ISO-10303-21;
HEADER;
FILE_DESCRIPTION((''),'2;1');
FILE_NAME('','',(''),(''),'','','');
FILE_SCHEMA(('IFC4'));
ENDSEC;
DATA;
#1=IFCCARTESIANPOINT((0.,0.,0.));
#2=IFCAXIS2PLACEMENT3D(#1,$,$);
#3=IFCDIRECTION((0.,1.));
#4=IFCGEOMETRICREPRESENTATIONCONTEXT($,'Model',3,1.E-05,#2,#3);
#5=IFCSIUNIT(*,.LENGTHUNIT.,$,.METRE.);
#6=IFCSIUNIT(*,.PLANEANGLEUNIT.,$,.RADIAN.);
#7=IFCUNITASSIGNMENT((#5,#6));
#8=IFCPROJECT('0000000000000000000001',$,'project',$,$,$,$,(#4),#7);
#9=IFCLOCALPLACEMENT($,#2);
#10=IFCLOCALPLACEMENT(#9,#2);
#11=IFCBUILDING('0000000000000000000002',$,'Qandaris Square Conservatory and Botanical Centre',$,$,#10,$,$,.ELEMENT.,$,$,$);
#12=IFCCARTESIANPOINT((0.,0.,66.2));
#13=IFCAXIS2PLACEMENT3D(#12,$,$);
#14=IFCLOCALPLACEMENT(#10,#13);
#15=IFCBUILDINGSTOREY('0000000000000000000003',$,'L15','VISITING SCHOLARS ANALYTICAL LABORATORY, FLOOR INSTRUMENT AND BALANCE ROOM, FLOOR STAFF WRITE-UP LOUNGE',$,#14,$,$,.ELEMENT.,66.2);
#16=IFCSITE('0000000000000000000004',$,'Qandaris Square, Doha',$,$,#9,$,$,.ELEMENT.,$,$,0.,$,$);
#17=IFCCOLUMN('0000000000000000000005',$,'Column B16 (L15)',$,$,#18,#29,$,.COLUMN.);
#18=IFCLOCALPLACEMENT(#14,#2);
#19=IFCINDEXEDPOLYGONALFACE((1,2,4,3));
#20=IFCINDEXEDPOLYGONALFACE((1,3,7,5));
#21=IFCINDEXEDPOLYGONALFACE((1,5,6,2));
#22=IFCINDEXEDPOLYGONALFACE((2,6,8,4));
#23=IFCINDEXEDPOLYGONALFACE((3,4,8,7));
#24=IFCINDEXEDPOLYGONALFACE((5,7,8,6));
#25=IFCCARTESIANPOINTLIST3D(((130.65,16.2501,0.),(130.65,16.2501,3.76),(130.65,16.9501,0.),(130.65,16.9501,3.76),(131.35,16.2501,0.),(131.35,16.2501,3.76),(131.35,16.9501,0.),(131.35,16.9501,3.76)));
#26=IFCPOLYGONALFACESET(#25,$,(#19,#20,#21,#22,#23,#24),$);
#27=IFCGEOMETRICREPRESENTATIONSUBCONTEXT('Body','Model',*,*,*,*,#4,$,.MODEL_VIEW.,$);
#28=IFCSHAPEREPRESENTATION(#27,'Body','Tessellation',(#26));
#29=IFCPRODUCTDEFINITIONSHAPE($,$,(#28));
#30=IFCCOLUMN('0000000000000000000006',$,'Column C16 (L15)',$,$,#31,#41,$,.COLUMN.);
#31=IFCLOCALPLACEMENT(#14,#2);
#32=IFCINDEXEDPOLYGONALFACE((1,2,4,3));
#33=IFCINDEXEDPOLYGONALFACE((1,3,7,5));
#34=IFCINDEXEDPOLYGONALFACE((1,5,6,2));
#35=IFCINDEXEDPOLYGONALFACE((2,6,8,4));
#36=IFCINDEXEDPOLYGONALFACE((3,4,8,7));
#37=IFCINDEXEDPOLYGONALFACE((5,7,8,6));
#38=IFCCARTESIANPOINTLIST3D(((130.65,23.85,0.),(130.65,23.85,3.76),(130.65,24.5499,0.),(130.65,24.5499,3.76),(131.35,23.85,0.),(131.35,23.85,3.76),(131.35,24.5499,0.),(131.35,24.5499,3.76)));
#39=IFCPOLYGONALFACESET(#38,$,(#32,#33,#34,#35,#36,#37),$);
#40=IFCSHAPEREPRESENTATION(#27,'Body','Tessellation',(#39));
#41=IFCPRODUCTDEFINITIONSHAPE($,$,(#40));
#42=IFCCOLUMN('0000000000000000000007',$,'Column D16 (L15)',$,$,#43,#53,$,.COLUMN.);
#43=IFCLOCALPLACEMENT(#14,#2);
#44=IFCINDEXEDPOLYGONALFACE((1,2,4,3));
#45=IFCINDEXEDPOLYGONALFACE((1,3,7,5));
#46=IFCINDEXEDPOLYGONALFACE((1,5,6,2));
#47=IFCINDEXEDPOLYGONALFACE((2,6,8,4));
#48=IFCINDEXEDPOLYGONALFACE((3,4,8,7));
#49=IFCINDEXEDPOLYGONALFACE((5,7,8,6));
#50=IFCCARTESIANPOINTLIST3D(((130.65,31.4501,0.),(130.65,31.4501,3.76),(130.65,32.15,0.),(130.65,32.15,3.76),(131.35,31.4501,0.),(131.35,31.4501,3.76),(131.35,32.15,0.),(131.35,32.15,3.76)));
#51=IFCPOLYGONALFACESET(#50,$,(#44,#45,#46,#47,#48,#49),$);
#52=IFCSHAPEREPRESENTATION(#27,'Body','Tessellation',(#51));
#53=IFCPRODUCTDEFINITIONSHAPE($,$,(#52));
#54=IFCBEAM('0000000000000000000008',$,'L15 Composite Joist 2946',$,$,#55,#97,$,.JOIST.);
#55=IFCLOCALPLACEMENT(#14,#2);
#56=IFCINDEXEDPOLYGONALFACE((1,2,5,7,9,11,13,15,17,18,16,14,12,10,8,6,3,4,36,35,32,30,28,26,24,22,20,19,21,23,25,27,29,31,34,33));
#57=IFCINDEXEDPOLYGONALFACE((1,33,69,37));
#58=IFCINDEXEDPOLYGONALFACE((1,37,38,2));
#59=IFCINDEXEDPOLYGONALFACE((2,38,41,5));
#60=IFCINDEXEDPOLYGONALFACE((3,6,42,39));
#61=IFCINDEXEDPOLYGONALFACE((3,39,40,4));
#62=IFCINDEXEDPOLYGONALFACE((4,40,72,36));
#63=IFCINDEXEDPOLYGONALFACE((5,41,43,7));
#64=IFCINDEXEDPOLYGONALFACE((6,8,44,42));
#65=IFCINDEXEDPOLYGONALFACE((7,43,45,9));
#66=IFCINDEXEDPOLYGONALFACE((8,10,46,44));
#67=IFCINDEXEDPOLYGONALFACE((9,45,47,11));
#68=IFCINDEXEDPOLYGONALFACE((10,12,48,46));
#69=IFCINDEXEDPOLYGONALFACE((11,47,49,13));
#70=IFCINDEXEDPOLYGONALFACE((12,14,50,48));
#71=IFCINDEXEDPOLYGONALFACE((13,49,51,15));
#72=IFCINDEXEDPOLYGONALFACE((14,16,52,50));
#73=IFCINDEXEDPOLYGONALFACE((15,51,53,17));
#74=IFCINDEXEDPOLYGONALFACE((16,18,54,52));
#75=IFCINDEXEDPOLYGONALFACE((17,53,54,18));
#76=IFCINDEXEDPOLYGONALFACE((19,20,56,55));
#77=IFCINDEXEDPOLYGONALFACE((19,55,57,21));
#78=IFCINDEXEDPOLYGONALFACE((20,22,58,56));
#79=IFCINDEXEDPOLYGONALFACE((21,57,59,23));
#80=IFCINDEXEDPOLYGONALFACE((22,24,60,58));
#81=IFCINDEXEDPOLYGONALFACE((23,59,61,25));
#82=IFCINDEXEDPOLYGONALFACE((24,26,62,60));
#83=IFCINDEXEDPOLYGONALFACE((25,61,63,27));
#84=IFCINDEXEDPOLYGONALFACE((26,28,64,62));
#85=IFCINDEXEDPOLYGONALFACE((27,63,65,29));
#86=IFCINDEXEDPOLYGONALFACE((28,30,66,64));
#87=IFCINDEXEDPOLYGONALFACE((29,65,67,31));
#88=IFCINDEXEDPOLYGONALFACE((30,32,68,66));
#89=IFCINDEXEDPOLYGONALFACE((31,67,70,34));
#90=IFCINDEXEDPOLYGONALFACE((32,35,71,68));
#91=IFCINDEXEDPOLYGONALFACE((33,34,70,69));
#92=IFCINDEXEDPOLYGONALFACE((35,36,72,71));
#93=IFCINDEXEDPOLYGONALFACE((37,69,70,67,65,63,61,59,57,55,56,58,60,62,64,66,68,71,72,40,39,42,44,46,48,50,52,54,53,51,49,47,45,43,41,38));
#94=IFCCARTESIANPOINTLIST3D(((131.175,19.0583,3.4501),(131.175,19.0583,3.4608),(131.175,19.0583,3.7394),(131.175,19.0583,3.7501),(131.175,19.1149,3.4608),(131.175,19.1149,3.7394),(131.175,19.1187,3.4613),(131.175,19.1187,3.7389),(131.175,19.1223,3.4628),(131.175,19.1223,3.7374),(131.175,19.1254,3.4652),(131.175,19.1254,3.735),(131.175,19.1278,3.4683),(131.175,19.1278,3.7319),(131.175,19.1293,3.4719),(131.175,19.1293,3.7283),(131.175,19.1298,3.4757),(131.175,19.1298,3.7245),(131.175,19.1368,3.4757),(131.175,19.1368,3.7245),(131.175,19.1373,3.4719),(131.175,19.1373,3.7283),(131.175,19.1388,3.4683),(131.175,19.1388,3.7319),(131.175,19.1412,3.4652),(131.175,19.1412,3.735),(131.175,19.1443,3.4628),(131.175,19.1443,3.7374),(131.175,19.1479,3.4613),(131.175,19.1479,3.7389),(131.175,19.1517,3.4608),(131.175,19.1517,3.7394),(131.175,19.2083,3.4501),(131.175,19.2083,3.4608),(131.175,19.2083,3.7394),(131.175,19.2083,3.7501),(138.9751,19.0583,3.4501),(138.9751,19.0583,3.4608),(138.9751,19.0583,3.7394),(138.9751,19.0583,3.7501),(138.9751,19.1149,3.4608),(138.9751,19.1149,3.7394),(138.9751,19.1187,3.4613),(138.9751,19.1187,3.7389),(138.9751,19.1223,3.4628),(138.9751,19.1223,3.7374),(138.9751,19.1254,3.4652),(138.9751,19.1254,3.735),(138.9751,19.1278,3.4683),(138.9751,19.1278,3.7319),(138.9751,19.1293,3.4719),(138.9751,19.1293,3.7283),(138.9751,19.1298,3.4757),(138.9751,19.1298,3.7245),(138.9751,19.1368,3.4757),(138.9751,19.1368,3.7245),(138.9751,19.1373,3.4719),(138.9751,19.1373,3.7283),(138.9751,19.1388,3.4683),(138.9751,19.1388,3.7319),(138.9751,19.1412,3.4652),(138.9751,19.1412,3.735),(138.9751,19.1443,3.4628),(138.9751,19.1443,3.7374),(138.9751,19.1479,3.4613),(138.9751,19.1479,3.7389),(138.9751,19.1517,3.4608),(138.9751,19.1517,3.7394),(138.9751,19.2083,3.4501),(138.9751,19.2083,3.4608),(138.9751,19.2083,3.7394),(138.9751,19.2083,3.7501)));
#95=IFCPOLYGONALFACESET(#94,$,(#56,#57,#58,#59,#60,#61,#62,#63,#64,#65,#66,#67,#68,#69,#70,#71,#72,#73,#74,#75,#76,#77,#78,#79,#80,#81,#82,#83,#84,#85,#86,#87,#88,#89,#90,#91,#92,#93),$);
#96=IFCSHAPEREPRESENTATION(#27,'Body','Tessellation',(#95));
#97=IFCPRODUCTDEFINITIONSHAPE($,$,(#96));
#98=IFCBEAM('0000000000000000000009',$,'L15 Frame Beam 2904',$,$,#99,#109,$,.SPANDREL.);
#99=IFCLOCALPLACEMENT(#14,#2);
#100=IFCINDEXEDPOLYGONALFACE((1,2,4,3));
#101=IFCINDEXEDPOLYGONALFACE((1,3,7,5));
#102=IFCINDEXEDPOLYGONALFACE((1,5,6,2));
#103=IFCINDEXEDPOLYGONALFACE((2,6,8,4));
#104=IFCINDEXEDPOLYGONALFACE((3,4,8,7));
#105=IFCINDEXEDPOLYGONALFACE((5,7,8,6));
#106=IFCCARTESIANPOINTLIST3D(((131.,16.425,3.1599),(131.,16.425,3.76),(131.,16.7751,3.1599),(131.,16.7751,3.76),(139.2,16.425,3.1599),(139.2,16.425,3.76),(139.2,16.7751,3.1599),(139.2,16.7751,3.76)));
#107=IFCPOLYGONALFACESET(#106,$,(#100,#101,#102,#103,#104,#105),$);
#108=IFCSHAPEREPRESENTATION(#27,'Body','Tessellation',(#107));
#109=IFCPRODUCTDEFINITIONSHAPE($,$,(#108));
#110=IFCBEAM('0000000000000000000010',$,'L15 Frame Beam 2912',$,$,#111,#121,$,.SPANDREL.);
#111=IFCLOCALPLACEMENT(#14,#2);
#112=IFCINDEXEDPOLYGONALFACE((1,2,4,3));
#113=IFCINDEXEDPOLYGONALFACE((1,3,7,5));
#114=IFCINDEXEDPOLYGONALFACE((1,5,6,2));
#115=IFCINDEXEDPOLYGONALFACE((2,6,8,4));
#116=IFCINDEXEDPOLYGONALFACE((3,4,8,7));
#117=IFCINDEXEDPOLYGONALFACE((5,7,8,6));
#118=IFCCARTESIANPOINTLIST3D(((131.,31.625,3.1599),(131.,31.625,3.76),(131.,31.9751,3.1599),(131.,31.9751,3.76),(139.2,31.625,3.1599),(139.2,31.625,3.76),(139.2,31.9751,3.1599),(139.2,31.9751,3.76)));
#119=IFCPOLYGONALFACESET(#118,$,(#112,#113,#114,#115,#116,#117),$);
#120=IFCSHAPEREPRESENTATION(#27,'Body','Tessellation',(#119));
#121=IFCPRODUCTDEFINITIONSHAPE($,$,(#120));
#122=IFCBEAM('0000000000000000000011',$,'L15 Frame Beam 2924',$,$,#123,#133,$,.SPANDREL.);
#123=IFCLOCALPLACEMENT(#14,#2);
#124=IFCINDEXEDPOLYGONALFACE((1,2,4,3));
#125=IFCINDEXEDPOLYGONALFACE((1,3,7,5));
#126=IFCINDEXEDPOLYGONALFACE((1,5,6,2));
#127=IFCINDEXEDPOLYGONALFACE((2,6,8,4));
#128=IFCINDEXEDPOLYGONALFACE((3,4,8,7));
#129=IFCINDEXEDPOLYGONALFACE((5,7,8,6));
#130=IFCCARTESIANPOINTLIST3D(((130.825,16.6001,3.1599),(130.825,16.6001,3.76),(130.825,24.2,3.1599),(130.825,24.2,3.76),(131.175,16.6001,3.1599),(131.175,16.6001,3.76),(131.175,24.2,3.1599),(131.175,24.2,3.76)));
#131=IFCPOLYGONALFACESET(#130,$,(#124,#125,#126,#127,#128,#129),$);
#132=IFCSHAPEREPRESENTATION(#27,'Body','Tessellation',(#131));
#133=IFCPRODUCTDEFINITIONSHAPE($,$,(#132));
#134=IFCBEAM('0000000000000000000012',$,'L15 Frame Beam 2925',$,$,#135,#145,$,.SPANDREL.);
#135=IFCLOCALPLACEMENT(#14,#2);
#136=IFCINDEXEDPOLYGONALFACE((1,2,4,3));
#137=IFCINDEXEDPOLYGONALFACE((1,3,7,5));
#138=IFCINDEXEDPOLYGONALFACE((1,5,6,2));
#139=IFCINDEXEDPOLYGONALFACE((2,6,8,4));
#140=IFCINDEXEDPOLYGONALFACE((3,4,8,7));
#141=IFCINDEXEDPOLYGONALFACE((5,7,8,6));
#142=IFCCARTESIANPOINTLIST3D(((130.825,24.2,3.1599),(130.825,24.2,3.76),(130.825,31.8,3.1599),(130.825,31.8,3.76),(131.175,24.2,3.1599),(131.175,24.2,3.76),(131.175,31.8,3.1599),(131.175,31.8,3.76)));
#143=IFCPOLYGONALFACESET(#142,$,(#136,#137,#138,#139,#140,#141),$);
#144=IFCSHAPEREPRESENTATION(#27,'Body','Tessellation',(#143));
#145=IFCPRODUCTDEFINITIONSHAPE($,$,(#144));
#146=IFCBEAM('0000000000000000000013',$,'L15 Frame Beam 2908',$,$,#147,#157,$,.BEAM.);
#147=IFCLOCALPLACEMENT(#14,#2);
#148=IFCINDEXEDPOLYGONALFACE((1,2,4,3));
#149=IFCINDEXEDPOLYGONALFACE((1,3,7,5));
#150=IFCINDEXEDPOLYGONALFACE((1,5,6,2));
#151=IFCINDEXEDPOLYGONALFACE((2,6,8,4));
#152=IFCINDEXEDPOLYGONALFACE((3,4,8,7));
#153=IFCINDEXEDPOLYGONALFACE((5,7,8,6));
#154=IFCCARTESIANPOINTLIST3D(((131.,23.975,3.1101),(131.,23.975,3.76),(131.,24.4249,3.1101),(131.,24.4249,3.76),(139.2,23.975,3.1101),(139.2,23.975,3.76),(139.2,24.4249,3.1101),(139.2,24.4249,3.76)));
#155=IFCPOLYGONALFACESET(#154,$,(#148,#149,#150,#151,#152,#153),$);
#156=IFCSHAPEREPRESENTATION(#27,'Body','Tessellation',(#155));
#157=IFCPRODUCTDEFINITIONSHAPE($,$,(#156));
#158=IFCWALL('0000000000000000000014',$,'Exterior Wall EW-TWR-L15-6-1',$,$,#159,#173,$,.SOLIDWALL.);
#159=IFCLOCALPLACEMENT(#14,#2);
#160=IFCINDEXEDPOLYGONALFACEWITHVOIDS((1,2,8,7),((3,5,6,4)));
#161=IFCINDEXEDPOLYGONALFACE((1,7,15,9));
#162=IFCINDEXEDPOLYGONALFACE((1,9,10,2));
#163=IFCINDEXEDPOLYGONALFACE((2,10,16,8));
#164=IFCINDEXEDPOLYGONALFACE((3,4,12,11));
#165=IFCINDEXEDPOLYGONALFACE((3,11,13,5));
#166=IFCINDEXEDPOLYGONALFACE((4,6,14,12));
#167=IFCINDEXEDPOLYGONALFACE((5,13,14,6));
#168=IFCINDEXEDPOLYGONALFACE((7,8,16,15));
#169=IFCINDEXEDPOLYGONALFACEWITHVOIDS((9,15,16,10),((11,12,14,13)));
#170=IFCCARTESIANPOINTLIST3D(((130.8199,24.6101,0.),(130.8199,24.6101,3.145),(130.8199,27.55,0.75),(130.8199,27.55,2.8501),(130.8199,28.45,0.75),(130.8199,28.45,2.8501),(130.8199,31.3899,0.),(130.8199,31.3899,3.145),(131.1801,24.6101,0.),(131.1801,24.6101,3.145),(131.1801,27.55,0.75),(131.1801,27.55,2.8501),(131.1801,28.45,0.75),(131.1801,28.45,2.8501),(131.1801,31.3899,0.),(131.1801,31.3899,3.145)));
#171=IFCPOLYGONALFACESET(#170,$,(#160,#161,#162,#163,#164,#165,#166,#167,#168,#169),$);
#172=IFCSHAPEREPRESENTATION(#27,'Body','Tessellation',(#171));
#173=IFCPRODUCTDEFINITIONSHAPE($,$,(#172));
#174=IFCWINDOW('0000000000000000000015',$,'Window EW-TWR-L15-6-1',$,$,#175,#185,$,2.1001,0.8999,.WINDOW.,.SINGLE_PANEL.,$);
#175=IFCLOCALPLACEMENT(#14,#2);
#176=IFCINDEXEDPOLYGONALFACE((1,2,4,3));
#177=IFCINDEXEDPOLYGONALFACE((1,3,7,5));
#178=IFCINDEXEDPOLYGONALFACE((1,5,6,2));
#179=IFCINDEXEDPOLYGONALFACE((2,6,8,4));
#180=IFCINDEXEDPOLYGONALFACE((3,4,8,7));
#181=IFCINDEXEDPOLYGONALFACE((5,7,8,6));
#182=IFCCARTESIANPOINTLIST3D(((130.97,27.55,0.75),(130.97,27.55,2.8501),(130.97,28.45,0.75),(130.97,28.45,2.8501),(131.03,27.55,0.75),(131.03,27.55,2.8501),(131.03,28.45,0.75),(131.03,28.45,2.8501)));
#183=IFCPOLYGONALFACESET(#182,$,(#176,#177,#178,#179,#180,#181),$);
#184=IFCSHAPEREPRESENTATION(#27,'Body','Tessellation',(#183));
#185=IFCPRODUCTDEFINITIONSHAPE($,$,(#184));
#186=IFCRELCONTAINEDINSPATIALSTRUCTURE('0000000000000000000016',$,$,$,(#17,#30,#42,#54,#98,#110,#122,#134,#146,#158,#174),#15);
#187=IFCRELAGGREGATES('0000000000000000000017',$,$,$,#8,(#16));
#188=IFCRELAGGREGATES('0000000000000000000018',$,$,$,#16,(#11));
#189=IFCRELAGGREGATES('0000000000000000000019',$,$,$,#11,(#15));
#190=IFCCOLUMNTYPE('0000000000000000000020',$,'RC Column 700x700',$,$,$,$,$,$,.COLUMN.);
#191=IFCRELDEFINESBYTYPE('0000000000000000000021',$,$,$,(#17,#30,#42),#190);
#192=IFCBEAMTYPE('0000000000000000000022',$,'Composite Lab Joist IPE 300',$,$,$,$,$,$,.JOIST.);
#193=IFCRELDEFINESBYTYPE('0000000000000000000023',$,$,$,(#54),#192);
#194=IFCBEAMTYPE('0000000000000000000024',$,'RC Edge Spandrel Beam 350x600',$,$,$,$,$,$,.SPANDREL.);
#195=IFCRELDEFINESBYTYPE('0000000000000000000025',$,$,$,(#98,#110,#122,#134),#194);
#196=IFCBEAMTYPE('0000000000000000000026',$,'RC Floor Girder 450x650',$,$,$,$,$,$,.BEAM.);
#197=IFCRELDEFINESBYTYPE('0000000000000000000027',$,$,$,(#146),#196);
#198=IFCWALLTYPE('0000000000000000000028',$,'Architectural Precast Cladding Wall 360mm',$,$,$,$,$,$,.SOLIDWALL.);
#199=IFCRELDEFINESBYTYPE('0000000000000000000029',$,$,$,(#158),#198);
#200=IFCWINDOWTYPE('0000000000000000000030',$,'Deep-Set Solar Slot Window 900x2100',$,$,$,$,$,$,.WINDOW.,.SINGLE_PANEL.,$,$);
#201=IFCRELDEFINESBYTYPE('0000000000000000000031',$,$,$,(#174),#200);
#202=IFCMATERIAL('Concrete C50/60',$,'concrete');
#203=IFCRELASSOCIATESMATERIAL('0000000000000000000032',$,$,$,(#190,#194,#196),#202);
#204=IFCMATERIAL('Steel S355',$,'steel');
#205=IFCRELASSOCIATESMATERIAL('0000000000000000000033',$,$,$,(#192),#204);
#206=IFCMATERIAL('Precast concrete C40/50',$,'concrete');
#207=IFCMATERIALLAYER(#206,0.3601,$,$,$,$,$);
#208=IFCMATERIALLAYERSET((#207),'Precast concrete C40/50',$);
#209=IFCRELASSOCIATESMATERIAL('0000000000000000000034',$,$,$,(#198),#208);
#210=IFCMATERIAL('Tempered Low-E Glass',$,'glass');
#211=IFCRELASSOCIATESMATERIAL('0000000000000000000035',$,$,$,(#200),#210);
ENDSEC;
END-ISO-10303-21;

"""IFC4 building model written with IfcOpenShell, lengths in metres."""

from ifc_helpers import new_model, si_unit, direction, frame, frame_2d, origin, origin_2d, place, context, subcontext, project, spatial, rectangle, i_section, extrude, material, layer, layer_set, material_profile, profile_set, type_object, element, fill, save


model = new_model("IFC4")

# Units and contexts
model_context = context("Model", 3, precision=1e-05, world=origin(), true_north=direction((0.0, 1.0)))
body_context = subcontext(model_context, "Body", "Model", "MODEL_VIEW")
ifc_project = project(units=[si_unit("LENGTHUNIT", "METRE"), si_unit("PLANEANGLEUNIT", "RADIAN")], contexts=[model_context])

# Site, building, storey
site_placement = place(None, origin())
site = spatial("IfcSite", under=ifc_project, at=site_placement, Name="Qandaris Square, Doha", CompositionType="ELEMENT", RefElevation=0.0)
building_placement = place(site_placement, origin())
building = spatial("IfcBuilding", under=site, at=building_placement, Name="Qandaris Square Conservatory and Botanical Centre", CompositionType="ELEMENT")
storey_placement = place(building_placement, frame((0.0, 0.0, 66.2)))
storey = spatial("IfcBuildingStorey", under=building, at=storey_placement, Name="L15", Description="VISITING SCHOLARS ANALYTICAL LABORATORY, FLOOR INSTRUMENT AND BALANCE ROOM, FLOOR STAFF WRITE-UP LOUNGE", CompositionType="ELEMENT", Elevation=66.2)

# Columns
ifc_material_1 = material(Name="Concrete C50/60", Category="concrete")
ifc_material_profile_1 = material_profile(ifc_material_1, rectangle(XDim=0.7, YDim=0.7, at=origin_2d()), Name="RC-COL 700x700")
ifc_profile_set_1 = profile_set([ifc_material_profile_1], Name="Concrete C50/60")
column_type = type_object("IfcColumnType", Name="RC Column 700x700", PredefinedType="COLUMN", material=ifc_profile_set_1)
for number, where, z_axis, x_axis, name in (
    (1, (131.0, 16.6001, 0.0), (0.0, 0.0, 1.0), (1.0, 0.0, 0.0), "Column B16 (L15)"),
    (2, (131.0, 24.2, 0.0), (0.0, 0.0, 1.0), (1.0, 0.0, 0.0), "Column C16 (L15)"),
    (3, (131.0, 31.8, 0.0), (0.0, 0.0, 1.0), (1.0, 0.0, 0.0), "Column D16 (L15)"),
):
    element("IfcColumn", number, at=place(storey_placement, frame(where, z_axis=z_axis, x_axis=x_axis)), inside=storey, type_object=column_type, Name=name, PredefinedType="COLUMN", context=body_context, shape_type="SweptSolid", body=[
        extrude(rectangle(XDim=0.7, YDim=0.7, at=origin_2d()), origin(), (0.0, 0.0, 1.0), 3.76),
    ])

# Beams
ifc_material_2 = material(Name="Steel S355", Category="steel")
ifc_material_profile_2 = material_profile(ifc_material_2, i_section(OverallWidth=0.1499, OverallDepth=0.3, WebThickness=0.0071, FlangeThickness=0.0107, FilletRadius=0.0149, at=origin_2d()), Name="IPE 300")
ifc_profile_set_2 = profile_set([ifc_material_profile_2], Name="Steel S355")
beam_type_1 = type_object("IfcBeamType", Name="Composite Lab Joist IPE 300", PredefinedType="JOIST", material=ifc_profile_set_2)
beam_1_placement = place(storey_placement, frame((131.175, 19.1333, 3.6001), z_axis=(1.0, 0.0, 0.0), x_axis=(0.0, 1.0, 0.0)))
element("IfcBeam", 4, at=beam_1_placement, inside=storey, type_object=beam_type_1, Name="L15 Composite Joist 2946", PredefinedType="JOIST", context=body_context, shape_type="SweptSolid", body=[
    extrude(i_section(OverallWidth=0.1499, OverallDepth=0.3, WebThickness=0.0071, FlangeThickness=0.0107, FilletRadius=0.0149, at=origin_2d()), origin(), (0.0, 0.0, 1.0), 7.8),
])
ifc_material_profile_3 = material_profile(ifc_material_1, rectangle(XDim=0.3501, YDim=0.6001, at=origin_2d()), Name="RC-SP 350x600")
ifc_profile_set_3 = profile_set([ifc_material_profile_3], Name="Concrete C50/60")
beam_type_2 = type_object("IfcBeamType", Name="RC Edge Spandrel Beam 350x600", PredefinedType="SPANDREL", material=ifc_profile_set_3)
for number, where, z_axis, x_axis, name in (
    (5, (131.0, 16.6001, 3.46), (1.0, 0.0, 0.0), (0.0, 1.0, 0.0), "L15 Frame Beam 2904"),
    (6, (131.0, 31.8, 3.46), (1.0, 0.0, 0.0), (0.0, 1.0, 0.0), "L15 Frame Beam 2912"),
):
    element("IfcBeam", number, at=place(storey_placement, frame(where, z_axis=z_axis, x_axis=x_axis)), inside=storey, type_object=beam_type_2, Name=name, PredefinedType="SPANDREL", context=body_context, shape_type="SweptSolid", body=[
        extrude(rectangle(XDim=0.3501, YDim=0.6001, at=origin_2d()), origin(), (0.0, 0.0, 1.0), 8.2),
    ])
beam_2_placement = place(storey_placement, frame((131.0, 16.6001, 3.46), z_axis=(0.0, 1.0, 0.0), x_axis=(-1.0, 0.0, 0.0)))
element("IfcBeam", 7, at=beam_2_placement, inside=storey, type_object=beam_type_2, Name="L15 Frame Beam 2924", PredefinedType="SPANDREL", context=body_context, shape_type="SweptSolid", body=[
    extrude(rectangle(XDim=0.3501, YDim=0.6001, at=origin_2d()), origin(), (0.0, 0.0, 1.0), 7.5999),
])
beam_3_placement = place(storey_placement, frame((131.0, 24.2, 3.46), z_axis=(0.0, 1.0, 0.0), x_axis=(-1.0, 0.0, 0.0)))
element("IfcBeam", 8, at=beam_3_placement, inside=storey, type_object=beam_type_2, Name="L15 Frame Beam 2925", PredefinedType="SPANDREL", context=body_context, shape_type="SweptSolid", body=[
    extrude(rectangle(XDim=0.3501, YDim=0.6001, at=origin_2d()), origin(), (0.0, 0.0, 1.0), 7.6001),
])
ifc_material_profile_4 = material_profile(ifc_material_1, rectangle(XDim=0.45, YDim=0.6499, at=origin_2d()), Name="RC-BM 450x650")
ifc_profile_set_4 = profile_set([ifc_material_profile_4], Name="Concrete C50/60")
beam_type_3 = type_object("IfcBeamType", Name="RC Floor Girder 450x650", PredefinedType="BEAM", material=ifc_profile_set_4)
beam_4_placement = place(storey_placement, frame((131.0, 24.2, 3.4351), z_axis=(1.0, 0.0, 0.0), x_axis=(0.0, 1.0, 0.0)))
element("IfcBeam", 9, at=beam_4_placement, inside=storey, type_object=beam_type_3, Name="L15 Frame Beam 2908", PredefinedType="BEAM", context=body_context, shape_type="SweptSolid", body=[
    extrude(rectangle(XDim=0.45, YDim=0.6499, at=origin_2d()), origin(), (0.0, 0.0, 1.0), 8.2),
])

# Wall, opening, window
ifc_material_3 = material(Name="Precast concrete C40/50", Category="concrete")
ifc_layer_1 = layer(ifc_material_3, 0.3601)
ifc_layer_set_1 = layer_set([ifc_layer_1], Name="Precast concrete C40/50")
wall_type = type_object("IfcWallType", Name="Architectural Precast Cladding Wall 360mm", PredefinedType="SOLIDWALL", material=ifc_layer_set_1)
wall_1_placement = place(storey_placement, frame((131.0, 31.3899, 0.0), z_axis=(0.0, 0.0, 1.0), x_axis=(0.0, -1.0, 0.0)))
wall_1 = element("IfcWall", 10, at=wall_1_placement, inside=storey, type_object=wall_type, Name="Exterior Wall EW-TWR-L15-6-1", PredefinedType="SOLIDWALL", context=body_context, shape_type="SweptSolid", body=[
    extrude(rectangle(XDim=6.7798, YDim=0.3601, at=frame_2d((3.3899, 0.0))), origin(), (0.0, 0.0, 1.0), 3.145),
])
opening_1_placement = place(wall_1_placement, frame((2.9399, 0.0, 0.75)))
opening_1 = element("IfcOpeningElement", 11, at=opening_1_placement, cuts=wall_1, PredefinedType="OPENING", context=body_context, shape_type="SweptSolid", body=[
    extrude(rectangle(XDim=0.8999, YDim=2.1001, at=frame_2d((0.45, 1.05))), frame((0.0, 0.1919, 0.0), z_axis=(0.0, -1.0, 0.0), x_axis=(1.0, 0.0, 0.0)), (0.0, 0.0, 1.0), 0.384),
])
ifc_material_4 = material(Name="Tempered Low-E Glass", Category="glass")
window_type_1 = type_object("IfcWindowType", Name="Deep-Set Solar Slot Window 900x2100", PartitioningType="SINGLE_PANEL", PredefinedType="WINDOW", material=ifc_material_4)
window_1_placement = place(opening_1_placement, origin())
window_1 = element("IfcWindow", 12, at=window_1_placement, inside=storey, type_object=window_type_1, Name="Window EW-TWR-L15-6-1", OverallHeight=2.1001, OverallWidth=0.8999, PartitioningType="SINGLE_PANEL", PredefinedType="WINDOW", context=body_context, shape_type="SweptSolid", body=[
    extrude(rectangle(XDim=0.8999, YDim=2.1001, at=frame_2d((0.45, 1.05))), frame((0.0, 0.03, 0.0), z_axis=(0.0, -1.0, 0.0), x_axis=(1.0, 0.0, 0.0)), (0.0, 0.0, 1.0), 0.0601),
])
fill(opening_1, window_1)

save(model, "model.ifc")
